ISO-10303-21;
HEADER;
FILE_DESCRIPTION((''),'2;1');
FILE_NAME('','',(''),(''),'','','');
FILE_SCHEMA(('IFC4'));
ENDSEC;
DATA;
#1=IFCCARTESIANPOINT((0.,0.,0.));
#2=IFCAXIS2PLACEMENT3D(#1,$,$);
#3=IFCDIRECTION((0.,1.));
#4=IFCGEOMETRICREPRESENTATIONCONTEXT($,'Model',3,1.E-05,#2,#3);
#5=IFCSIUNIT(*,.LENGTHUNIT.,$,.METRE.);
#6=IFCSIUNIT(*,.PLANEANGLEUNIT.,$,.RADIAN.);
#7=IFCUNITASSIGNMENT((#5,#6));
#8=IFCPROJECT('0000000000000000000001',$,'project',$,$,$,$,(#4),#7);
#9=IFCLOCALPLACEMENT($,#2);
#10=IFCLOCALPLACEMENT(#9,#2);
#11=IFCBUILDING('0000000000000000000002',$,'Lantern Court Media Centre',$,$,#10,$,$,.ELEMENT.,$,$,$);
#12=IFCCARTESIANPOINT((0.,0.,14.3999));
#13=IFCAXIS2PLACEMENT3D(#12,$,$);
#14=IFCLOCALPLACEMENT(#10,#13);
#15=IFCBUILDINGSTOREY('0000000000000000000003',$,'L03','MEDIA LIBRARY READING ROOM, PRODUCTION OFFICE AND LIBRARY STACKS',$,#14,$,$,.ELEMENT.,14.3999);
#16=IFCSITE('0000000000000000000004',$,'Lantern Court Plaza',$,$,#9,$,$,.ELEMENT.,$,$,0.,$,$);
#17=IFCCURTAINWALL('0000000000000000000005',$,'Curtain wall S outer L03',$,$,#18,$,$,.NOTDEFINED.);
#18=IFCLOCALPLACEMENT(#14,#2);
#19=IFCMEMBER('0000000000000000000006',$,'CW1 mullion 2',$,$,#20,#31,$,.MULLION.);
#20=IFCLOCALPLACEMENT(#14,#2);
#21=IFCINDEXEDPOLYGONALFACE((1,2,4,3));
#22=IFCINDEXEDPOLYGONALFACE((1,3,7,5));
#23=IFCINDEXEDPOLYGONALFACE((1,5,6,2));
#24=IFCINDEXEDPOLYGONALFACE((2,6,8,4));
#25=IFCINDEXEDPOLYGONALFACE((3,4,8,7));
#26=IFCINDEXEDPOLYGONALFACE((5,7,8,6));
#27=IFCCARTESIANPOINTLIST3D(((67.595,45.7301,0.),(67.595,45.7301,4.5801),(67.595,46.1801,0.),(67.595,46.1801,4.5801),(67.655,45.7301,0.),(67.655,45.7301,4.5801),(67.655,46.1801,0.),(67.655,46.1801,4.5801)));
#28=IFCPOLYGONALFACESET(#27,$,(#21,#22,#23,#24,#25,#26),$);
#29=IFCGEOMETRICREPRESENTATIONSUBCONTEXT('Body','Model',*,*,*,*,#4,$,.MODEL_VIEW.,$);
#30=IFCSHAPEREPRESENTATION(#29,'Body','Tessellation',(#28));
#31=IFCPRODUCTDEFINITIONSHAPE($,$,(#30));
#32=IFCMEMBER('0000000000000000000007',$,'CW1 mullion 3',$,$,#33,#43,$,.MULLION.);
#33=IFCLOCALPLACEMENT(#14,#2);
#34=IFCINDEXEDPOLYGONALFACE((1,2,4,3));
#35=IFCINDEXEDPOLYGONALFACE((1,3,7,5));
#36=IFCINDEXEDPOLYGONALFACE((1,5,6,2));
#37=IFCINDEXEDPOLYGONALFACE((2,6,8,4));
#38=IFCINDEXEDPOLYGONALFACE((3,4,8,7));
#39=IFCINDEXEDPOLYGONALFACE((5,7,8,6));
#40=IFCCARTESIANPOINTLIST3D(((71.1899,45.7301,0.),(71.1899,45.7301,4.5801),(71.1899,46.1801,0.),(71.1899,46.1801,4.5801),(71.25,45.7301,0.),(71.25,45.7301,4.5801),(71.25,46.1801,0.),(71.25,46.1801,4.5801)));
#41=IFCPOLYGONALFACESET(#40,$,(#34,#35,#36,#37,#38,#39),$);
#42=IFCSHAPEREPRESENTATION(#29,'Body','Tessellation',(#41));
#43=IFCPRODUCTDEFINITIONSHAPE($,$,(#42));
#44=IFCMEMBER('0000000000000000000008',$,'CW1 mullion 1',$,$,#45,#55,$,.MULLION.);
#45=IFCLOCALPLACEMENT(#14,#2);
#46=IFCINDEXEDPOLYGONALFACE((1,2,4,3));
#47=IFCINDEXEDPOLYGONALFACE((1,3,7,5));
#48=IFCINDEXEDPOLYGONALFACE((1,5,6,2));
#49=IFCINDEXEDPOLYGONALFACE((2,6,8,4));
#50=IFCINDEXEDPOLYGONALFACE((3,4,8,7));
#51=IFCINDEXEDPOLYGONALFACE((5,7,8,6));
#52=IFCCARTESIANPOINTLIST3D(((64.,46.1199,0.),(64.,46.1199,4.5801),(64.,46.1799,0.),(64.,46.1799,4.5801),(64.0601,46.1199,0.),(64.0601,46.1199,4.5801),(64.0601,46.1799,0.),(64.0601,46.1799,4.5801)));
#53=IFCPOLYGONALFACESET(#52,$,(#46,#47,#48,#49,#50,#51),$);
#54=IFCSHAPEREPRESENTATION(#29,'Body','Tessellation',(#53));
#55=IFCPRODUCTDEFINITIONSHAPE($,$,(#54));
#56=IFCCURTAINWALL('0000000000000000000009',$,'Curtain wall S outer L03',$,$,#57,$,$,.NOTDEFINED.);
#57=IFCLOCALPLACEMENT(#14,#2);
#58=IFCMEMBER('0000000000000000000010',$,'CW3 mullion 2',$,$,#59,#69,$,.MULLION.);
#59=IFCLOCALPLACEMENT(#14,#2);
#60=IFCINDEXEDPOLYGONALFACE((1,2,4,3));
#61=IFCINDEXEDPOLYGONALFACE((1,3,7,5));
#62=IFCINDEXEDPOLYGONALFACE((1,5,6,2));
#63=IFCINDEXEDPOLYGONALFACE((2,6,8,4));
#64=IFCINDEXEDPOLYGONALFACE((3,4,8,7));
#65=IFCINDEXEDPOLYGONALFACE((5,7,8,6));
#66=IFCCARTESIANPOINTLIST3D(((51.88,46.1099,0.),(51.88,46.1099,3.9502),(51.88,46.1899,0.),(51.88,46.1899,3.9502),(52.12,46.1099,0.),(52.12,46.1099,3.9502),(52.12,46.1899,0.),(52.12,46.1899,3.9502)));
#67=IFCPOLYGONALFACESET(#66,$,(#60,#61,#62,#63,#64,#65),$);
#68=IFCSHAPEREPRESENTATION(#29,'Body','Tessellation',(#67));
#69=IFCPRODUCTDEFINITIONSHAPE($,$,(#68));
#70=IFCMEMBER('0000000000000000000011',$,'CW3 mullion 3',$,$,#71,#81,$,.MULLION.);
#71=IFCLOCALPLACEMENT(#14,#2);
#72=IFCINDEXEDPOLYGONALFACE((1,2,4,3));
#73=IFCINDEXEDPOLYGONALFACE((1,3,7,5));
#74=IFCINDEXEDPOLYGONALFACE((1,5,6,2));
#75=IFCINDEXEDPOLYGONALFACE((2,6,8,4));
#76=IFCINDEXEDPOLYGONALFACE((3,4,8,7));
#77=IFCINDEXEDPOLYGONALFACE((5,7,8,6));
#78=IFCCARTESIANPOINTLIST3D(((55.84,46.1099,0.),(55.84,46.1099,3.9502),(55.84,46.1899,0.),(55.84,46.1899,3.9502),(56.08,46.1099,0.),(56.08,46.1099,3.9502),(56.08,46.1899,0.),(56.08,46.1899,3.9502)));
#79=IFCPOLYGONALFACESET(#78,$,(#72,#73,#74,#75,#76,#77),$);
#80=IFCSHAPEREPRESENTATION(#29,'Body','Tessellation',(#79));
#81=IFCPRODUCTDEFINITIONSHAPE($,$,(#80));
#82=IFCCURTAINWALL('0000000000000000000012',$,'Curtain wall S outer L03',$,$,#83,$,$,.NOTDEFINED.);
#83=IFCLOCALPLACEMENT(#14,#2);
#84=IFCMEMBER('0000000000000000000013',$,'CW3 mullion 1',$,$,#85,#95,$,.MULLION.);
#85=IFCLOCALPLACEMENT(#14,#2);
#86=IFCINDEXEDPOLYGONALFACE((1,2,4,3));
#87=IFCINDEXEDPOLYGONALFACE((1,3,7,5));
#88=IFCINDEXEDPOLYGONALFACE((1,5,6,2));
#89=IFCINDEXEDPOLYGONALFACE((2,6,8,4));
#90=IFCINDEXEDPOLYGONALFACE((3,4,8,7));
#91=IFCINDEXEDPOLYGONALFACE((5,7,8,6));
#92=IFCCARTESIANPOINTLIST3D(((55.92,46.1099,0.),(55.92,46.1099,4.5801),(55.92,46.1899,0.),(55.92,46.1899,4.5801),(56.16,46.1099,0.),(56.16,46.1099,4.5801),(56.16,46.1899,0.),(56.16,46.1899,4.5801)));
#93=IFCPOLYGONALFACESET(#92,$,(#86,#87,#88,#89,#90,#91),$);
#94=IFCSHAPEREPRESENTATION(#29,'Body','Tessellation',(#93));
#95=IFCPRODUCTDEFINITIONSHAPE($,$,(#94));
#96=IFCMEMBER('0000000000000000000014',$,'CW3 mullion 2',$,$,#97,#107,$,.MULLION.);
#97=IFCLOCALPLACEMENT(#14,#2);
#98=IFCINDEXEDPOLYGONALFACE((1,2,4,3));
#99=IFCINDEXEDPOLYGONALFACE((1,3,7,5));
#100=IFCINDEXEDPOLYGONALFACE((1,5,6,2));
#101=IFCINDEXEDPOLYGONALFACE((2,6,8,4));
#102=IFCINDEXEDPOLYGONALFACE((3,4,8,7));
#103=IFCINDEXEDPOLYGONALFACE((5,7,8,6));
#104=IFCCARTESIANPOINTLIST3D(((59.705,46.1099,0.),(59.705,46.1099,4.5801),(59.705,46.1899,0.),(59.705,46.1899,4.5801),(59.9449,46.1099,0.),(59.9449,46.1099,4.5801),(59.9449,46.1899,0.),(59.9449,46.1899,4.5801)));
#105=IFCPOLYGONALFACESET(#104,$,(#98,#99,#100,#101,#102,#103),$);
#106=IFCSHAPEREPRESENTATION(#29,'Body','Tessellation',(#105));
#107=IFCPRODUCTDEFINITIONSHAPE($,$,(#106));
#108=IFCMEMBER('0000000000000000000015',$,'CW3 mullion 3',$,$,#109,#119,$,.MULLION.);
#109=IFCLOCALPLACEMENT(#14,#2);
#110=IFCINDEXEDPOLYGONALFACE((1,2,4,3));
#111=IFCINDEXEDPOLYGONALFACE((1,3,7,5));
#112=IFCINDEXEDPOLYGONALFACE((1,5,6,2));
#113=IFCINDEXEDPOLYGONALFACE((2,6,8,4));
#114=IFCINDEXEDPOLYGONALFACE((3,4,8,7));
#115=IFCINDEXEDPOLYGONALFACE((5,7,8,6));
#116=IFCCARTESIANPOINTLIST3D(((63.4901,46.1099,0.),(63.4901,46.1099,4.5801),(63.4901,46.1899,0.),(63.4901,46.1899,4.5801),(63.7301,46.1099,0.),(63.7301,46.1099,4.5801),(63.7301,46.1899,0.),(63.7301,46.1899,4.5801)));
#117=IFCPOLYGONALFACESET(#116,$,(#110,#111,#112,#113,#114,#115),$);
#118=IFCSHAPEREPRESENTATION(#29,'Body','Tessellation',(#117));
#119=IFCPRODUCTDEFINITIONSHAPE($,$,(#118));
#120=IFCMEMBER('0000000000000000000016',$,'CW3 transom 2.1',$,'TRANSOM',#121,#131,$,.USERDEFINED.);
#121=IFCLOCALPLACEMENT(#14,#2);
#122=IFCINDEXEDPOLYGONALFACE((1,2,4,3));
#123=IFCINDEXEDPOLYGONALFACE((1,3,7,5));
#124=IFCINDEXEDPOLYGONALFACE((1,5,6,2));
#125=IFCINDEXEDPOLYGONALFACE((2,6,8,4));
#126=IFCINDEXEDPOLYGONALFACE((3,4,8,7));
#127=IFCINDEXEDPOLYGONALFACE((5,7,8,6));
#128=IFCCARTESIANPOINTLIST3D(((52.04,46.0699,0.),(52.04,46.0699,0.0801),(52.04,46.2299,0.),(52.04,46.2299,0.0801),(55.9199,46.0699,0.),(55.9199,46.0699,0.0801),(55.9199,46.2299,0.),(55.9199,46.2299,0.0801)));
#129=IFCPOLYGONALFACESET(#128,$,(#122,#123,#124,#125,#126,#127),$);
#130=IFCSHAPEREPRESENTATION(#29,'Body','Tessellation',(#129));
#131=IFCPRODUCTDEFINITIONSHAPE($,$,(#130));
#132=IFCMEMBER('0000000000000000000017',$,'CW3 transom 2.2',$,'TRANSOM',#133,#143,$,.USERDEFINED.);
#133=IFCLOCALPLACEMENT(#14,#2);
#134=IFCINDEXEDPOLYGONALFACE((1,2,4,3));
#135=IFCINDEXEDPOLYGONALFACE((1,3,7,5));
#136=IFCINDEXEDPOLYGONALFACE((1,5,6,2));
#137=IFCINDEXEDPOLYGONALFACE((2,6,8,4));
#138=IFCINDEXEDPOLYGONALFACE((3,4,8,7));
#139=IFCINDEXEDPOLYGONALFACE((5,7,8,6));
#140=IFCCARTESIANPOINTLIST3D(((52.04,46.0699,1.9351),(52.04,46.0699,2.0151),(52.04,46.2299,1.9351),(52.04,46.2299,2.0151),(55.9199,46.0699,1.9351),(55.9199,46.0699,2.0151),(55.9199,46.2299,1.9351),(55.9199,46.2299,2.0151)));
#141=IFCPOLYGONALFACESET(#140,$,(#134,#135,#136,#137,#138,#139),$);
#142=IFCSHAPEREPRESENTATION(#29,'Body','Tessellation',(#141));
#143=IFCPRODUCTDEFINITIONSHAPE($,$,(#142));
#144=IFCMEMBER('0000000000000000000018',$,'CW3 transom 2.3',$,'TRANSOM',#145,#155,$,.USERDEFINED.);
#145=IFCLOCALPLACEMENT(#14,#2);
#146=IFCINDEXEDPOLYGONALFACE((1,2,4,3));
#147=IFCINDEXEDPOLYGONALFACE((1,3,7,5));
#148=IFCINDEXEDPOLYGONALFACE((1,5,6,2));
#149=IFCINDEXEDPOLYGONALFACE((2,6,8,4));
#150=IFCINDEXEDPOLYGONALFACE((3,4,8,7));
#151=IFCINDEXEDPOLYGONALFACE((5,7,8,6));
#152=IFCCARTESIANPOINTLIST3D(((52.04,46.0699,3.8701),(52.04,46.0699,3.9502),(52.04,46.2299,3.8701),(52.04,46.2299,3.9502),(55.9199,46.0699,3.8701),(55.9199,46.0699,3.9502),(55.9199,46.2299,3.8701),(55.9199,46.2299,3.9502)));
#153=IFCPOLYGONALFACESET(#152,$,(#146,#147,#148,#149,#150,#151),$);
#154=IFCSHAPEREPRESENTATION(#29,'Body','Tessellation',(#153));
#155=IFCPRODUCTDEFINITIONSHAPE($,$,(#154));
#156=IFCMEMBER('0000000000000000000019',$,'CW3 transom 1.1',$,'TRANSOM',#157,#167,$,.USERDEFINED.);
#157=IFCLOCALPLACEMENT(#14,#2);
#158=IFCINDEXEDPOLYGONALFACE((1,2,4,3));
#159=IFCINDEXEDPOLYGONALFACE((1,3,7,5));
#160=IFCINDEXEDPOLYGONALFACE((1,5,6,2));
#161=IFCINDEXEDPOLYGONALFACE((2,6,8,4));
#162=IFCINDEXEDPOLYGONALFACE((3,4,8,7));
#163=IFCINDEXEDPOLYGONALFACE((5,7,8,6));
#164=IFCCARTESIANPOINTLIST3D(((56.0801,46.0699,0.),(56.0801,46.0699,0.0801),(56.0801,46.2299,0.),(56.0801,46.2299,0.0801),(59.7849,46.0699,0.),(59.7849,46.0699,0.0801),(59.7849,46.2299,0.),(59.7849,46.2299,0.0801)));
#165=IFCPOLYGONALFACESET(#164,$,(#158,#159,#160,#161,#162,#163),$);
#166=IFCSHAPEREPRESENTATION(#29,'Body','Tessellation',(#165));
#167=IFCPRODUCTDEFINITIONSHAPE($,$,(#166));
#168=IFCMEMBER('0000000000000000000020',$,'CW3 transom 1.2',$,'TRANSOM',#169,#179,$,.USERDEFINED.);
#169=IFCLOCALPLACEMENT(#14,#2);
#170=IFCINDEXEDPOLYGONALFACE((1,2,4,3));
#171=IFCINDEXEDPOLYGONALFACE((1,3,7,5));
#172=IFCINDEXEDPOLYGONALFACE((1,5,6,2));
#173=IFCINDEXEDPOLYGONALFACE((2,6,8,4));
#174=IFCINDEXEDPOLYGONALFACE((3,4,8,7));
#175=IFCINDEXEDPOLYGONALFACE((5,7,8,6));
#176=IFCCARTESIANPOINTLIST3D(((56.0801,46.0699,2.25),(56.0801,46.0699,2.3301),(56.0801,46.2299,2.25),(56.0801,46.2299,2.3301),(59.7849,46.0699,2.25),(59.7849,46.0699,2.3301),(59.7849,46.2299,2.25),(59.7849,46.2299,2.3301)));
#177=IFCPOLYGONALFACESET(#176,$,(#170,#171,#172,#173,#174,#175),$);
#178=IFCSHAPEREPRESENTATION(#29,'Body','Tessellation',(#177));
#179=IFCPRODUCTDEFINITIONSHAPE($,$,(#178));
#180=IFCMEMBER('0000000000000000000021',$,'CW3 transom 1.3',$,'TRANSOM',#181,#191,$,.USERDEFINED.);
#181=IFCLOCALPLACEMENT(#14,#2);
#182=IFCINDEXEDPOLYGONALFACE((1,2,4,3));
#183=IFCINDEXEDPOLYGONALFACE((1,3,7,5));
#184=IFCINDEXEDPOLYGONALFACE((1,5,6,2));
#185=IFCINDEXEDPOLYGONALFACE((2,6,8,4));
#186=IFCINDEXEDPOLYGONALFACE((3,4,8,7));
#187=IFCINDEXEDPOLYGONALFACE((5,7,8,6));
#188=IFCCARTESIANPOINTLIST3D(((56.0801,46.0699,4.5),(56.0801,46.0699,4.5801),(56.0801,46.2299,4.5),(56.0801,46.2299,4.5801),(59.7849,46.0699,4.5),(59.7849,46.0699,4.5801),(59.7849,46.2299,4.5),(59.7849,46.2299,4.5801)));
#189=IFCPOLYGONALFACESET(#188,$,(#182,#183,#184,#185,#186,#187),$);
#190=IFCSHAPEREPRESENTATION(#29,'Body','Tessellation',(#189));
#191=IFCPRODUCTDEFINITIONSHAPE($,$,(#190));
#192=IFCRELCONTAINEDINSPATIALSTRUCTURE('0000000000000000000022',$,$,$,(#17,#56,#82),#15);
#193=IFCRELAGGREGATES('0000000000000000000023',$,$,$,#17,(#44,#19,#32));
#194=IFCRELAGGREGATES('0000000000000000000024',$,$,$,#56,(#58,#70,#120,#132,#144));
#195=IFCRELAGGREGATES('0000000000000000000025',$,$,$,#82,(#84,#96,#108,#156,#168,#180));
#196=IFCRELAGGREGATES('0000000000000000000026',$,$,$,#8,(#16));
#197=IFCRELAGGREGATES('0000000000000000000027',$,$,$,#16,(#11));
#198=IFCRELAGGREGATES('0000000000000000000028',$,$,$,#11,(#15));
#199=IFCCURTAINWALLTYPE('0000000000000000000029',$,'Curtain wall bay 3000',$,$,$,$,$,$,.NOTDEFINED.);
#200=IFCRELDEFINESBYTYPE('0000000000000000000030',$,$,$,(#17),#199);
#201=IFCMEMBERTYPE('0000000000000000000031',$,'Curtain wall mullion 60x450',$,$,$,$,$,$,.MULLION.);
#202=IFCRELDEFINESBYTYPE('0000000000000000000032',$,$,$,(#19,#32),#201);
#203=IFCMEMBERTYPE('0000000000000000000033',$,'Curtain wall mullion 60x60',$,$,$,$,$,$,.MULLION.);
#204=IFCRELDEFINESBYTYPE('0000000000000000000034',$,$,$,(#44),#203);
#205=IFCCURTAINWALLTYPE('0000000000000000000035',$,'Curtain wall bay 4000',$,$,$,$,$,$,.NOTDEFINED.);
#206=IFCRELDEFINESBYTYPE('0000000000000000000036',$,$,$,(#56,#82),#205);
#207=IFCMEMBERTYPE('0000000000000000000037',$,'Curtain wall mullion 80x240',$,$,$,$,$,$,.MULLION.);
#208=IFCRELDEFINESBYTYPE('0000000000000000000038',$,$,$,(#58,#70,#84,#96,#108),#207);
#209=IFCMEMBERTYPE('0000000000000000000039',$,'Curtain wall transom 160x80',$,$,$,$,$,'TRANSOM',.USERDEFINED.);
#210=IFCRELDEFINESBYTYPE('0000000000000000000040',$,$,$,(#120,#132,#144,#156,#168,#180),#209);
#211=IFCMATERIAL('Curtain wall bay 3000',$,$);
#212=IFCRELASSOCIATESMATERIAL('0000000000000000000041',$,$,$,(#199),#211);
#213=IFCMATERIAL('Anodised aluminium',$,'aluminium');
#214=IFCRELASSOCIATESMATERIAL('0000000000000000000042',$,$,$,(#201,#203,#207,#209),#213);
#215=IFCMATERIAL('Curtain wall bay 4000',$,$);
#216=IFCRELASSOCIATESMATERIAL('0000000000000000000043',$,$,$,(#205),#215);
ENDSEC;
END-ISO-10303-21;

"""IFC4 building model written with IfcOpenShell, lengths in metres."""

from ifc_helpers import new_model, si_unit, direction, frame, origin, origin_2d, place, context, subcontext, project, spatial, rectangle, extrude, material, material_profile, profile_set, type_object, element, aggregate, save


model = new_model("IFC4")

# Units and contexts
model_context = context("Model", 3, precision=1e-05, world=origin(), true_north=direction((0.0, 1.0)))
body_context = subcontext(model_context, "Body", "Model", "MODEL_VIEW")
ifc_project = project(units=[si_unit("LENGTHUNIT", "METRE"), si_unit("PLANEANGLEUNIT", "RADIAN")], contexts=[model_context])

# Site, building, storey
site_placement = place(None, origin())
site = spatial("IfcSite", under=ifc_project, at=site_placement, Name="Lantern Court Plaza", CompositionType="ELEMENT", RefElevation=0.0)
building_placement = place(site_placement, origin())
building = spatial("IfcBuilding", under=site, at=building_placement, Name="Lantern Court Media Centre", CompositionType="ELEMENT")
storey_placement = place(building_placement, frame((0.0, 0.0, 14.3999)))
storey = spatial("IfcBuildingStorey", under=building, at=storey_placement, Name="L03", Description="MEDIA LIBRARY READING ROOM, PRODUCTION OFFICE AND LIBRARY STACKS", CompositionType="ELEMENT", Elevation=14.3999)

# Curtain walls, members
ifc_material_1 = material(Name="Curtain wall bay 3000")
curtain_wall_type_1 = type_object("IfcCurtainWallType", Name="Curtain wall bay 3000", PredefinedType="NOTDEFINED", material=ifc_material_1)
curtain_wall_1_placement = place(storey_placement, origin())
curtain_wall_1 = element("IfcCurtainWall", 1, at=curtain_wall_1_placement, inside=storey, type_object=curtain_wall_type_1, Name="Curtain wall S outer L03", PredefinedType="NOTDEFINED")
ifc_material_2 = material(Name="Anodised aluminium", Category="aluminium")
ifc_material_profile_1 = material_profile(ifc_material_2, rectangle(XDim=0.45, YDim=0.0601, at=origin_2d()), Name="AL 60x450")
ifc_profile_set_1 = profile_set([ifc_material_profile_1], Name="Anodised aluminium")
member_type_1 = type_object("IfcMemberType", Name="Curtain wall mullion 60x450", PredefinedType="MULLION", material=ifc_profile_set_1)
member_1_placement = place(storey_placement, frame((67.625, 45.9551, 0.0), z_axis=(0.0, 0.0, 1.0), x_axis=(0.0, 1.0, 0.0)))
member_1 = element("IfcMember", 2, at=member_1_placement, type_object=member_type_1, Name="CW1 mullion 2", PredefinedType="MULLION", context=body_context, shape_type="SweptSolid", body=[
    extrude(rectangle(XDim=0.45, YDim=0.0601, at=origin_2d()), origin(), (0.0, 0.0, 1.0), 4.5801),
])
member_2_placement = place(storey_placement, frame((71.22, 45.9551, 0.0), z_axis=(0.0, 0.0, 1.0), x_axis=(0.0, 1.0, 0.0)))
member_2 = element("IfcMember", 3, at=member_2_placement, type_object=member_type_1, Name="CW1 mullion 3", PredefinedType="MULLION", context=body_context, shape_type="SweptSolid", body=[
    extrude(rectangle(XDim=0.45, YDim=0.0601, at=origin_2d()), origin(), (0.0, 0.0, 1.0), 4.5801),
])
ifc_material_profile_2 = material_profile(ifc_material_2, rectangle(XDim=0.0601, YDim=0.0601, at=origin_2d()), Name="AL 60x60")
ifc_profile_set_2 = profile_set([ifc_material_profile_2], Name="Anodised aluminium")
member_type_2 = type_object("IfcMemberType", Name="Curtain wall mullion 60x60", PredefinedType="MULLION", material=ifc_profile_set_2)
member_3_placement = place(storey_placement, frame((64.03, 46.1499, 0.0), z_axis=(0.0, 0.0, 1.0), x_axis=(0.0, 1.0, 0.0)))
member_3 = element("IfcMember", 4, at=member_3_placement, type_object=member_type_2, Name="CW1 mullion 1", PredefinedType="MULLION", context=body_context, shape_type="SweptSolid", body=[
    extrude(rectangle(XDim=0.0601, YDim=0.0601, at=origin_2d()), origin(), (0.0, 0.0, 1.0), 4.5801),
])
ifc_material_3 = material(Name="Curtain wall bay 4000")
curtain_wall_type_2 = type_object("IfcCurtainWallType", Name="Curtain wall bay 4000", PredefinedType="NOTDEFINED", material=ifc_material_3)
curtain_wall_2_placement = place(storey_placement, origin())
curtain_wall_2 = element("IfcCurtainWall", 5, at=curtain_wall_2_placement, inside=storey, type_object=curtain_wall_type_2, Name="Curtain wall S outer L03", PredefinedType="NOTDEFINED")
ifc_material_profile_3 = material_profile(ifc_material_2, rectangle(XDim=0.0801, YDim=0.24, at=origin_2d()), Name="AL 80x240")
ifc_profile_set_3 = profile_set([ifc_material_profile_3], Name="Anodised aluminium")
member_type_3 = type_object("IfcMemberType", Name="Curtain wall mullion 80x240", PredefinedType="MULLION", material=ifc_profile_set_3)
member_4_placement = place(storey_placement, frame((52.0, 46.1499, 0.0), z_axis=(0.0, 0.0, 1.0), x_axis=(0.0, 1.0, 0.0)))
member_4 = element("IfcMember", 6, at=member_4_placement, type_object=member_type_3, Name="CW3 mullion 2", PredefinedType="MULLION", context=body_context, shape_type="SweptSolid", body=[
    extrude(rectangle(XDim=0.0801, YDim=0.24, at=origin_2d()), origin(), (0.0, 0.0, 1.0), 3.9502),
])
member_5_placement = place(storey_placement, frame((55.96, 46.1499, 0.0), z_axis=(0.0, 0.0, 1.0), x_axis=(0.0, 1.0, 0.0)))
member_5 = element("IfcMember", 7, at=member_5_placement, type_object=member_type_3, Name="CW3 mullion 3", PredefinedType="MULLION", context=body_context, shape_type="SweptSolid", body=[
    extrude(rectangle(XDim=0.0801, YDim=0.24, at=origin_2d()), origin(), (0.0, 0.0, 1.0), 3.9502),
])
curtain_wall_3_placement = place(storey_placement, origin())
curtain_wall_3 = element("IfcCurtainWall", 8, at=curtain_wall_3_placement, inside=storey, type_object=curtain_wall_type_2, Name="Curtain wall S outer L03", PredefinedType="NOTDEFINED")
member_6_placement = place(storey_placement, frame((56.04, 46.1499, 0.0), z_axis=(0.0, 0.0, 1.0), x_axis=(0.0, 1.0, 0.0)))
member_6 = element("IfcMember", 9, at=member_6_placement, type_object=member_type_3, Name="CW3 mullion 1", PredefinedType="MULLION", context=body_context, shape_type="SweptSolid", body=[
    extrude(rectangle(XDim=0.0801, YDim=0.24, at=origin_2d()), origin(), (0.0, 0.0, 1.0), 4.5801),
])
member_7_placement = place(storey_placement, frame((59.825, 46.1499, 0.0), z_axis=(0.0, 0.0, 1.0), x_axis=(0.0, 1.0, 0.0)))
member_7 = element("IfcMember", 10, at=member_7_placement, type_object=member_type_3, Name="CW3 mullion 2", PredefinedType="MULLION", context=body_context, shape_type="SweptSolid", body=[
    extrude(rectangle(XDim=0.0801, YDim=0.24, at=origin_2d()), origin(), (0.0, 0.0, 1.0), 4.5801),
])
member_8_placement = place(storey_placement, frame((63.6101, 46.1499, 0.0), z_axis=(0.0, 0.0, 1.0), x_axis=(0.0, 1.0, 0.0)))
member_8 = element("IfcMember", 11, at=member_8_placement, type_object=member_type_3, Name="CW3 mullion 3", PredefinedType="MULLION", context=body_context, shape_type="SweptSolid", body=[
    extrude(rectangle(XDim=0.0801, YDim=0.24, at=origin_2d()), origin(), (0.0, 0.0, 1.0), 4.5801),
])

# Members
ifc_material_profile_4 = material_profile(ifc_material_2, rectangle(XDim=0.1599, YDim=0.0801, at=origin_2d()), Name="AL 80x160")
ifc_profile_set_4 = profile_set([ifc_material_profile_4], Name="Anodised aluminium")
member_type_4 = type_object("IfcMemberType", Name="Curtain wall transom 160x80", ElementType="TRANSOM", PredefinedType="USERDEFINED", material=ifc_profile_set_4)
member_9_placement = place(storey_placement, frame((52.04, 46.1499, 0.04), z_axis=(1.0, 0.0, 0.0), x_axis=(0.0, 1.0, 0.0)))
member_9 = element("IfcMember", 12, at=member_9_placement, type_object=member_type_4, Name="CW3 transom 2.1", ObjectType="TRANSOM", PredefinedType="USERDEFINED", context=body_context, shape_type="SweptSolid", body=[
    extrude(rectangle(XDim=0.1599, YDim=0.0801, at=origin_2d()), origin(), (0.0, 0.0, 1.0), 3.8799),
])
member_10_placement = place(storey_placement, frame((52.04, 46.1499, 1.9751), z_axis=(1.0, 0.0, 0.0), x_axis=(0.0, 1.0, 0.0)))
member_10 = element("IfcMember", 13, at=member_10_placement, type_object=member_type_4, Name="CW3 transom 2.2", ObjectType="TRANSOM", PredefinedType="USERDEFINED", context=body_context, shape_type="SweptSolid", body=[
    extrude(rectangle(XDim=0.1599, YDim=0.0801, at=origin_2d()), origin(), (0.0, 0.0, 1.0), 3.8799),
])
member_11_placement = place(storey_placement, frame((52.04, 46.1499, 3.9102), z_axis=(1.0, 0.0, 0.0), x_axis=(0.0, 1.0, 0.0)))
member_11 = element("IfcMember", 14, at=member_11_placement, type_object=member_type_4, Name="CW3 transom 2.3", ObjectType="TRANSOM", PredefinedType="USERDEFINED", context=body_context, shape_type="SweptSolid", body=[
    extrude(rectangle(XDim=0.1599, YDim=0.0801, at=origin_2d()), origin(), (0.0, 0.0, 1.0), 3.8799),
])
member_12_placement = place(storey_placement, frame((56.0801, 46.1499, 0.04), z_axis=(1.0, 0.0, 0.0), x_axis=(0.0, 1.0, 0.0)))
member_12 = element("IfcMember", 15, at=member_12_placement, type_object=member_type_4, Name="CW3 transom 1.1", ObjectType="TRANSOM", PredefinedType="USERDEFINED", context=body_context, shape_type="SweptSolid", body=[
    extrude(rectangle(XDim=0.1599, YDim=0.0801, at=origin_2d()), origin(), (0.0, 0.0, 1.0), 3.7048),
])
member_13_placement = place(storey_placement, frame((56.0801, 46.1499, 2.29), z_axis=(1.0, 0.0, 0.0), x_axis=(0.0, 1.0, 0.0)))
member_13 = element("IfcMember", 16, at=member_13_placement, type_object=member_type_4, Name="CW3 transom 1.2", ObjectType="TRANSOM", PredefinedType="USERDEFINED", context=body_context, shape_type="SweptSolid", body=[
    extrude(rectangle(XDim=0.1599, YDim=0.0801, at=origin_2d()), origin(), (0.0, 0.0, 1.0), 3.7048),
])
member_14_placement = place(storey_placement, frame((56.0801, 46.1499, 4.54), z_axis=(1.0, 0.0, 0.0), x_axis=(0.0, 1.0, 0.0)))
member_14 = element("IfcMember", 17, at=member_14_placement, type_object=member_type_4, Name="CW3 transom 1.3", ObjectType="TRANSOM", PredefinedType="USERDEFINED", context=body_context, shape_type="SweptSolid", body=[
    extrude(rectangle(XDim=0.1599, YDim=0.0801, at=origin_2d()), origin(), (0.0, 0.0, 1.0), 3.7048),
])

aggregate(curtain_wall_1, [member_3, member_1, member_2])
aggregate(curtain_wall_2, [member_4, member_5, member_9, member_10, member_11])
aggregate(curtain_wall_3, [member_6, member_7, member_8, member_12, member_13, member_14])

save(model, "model.ifc")
